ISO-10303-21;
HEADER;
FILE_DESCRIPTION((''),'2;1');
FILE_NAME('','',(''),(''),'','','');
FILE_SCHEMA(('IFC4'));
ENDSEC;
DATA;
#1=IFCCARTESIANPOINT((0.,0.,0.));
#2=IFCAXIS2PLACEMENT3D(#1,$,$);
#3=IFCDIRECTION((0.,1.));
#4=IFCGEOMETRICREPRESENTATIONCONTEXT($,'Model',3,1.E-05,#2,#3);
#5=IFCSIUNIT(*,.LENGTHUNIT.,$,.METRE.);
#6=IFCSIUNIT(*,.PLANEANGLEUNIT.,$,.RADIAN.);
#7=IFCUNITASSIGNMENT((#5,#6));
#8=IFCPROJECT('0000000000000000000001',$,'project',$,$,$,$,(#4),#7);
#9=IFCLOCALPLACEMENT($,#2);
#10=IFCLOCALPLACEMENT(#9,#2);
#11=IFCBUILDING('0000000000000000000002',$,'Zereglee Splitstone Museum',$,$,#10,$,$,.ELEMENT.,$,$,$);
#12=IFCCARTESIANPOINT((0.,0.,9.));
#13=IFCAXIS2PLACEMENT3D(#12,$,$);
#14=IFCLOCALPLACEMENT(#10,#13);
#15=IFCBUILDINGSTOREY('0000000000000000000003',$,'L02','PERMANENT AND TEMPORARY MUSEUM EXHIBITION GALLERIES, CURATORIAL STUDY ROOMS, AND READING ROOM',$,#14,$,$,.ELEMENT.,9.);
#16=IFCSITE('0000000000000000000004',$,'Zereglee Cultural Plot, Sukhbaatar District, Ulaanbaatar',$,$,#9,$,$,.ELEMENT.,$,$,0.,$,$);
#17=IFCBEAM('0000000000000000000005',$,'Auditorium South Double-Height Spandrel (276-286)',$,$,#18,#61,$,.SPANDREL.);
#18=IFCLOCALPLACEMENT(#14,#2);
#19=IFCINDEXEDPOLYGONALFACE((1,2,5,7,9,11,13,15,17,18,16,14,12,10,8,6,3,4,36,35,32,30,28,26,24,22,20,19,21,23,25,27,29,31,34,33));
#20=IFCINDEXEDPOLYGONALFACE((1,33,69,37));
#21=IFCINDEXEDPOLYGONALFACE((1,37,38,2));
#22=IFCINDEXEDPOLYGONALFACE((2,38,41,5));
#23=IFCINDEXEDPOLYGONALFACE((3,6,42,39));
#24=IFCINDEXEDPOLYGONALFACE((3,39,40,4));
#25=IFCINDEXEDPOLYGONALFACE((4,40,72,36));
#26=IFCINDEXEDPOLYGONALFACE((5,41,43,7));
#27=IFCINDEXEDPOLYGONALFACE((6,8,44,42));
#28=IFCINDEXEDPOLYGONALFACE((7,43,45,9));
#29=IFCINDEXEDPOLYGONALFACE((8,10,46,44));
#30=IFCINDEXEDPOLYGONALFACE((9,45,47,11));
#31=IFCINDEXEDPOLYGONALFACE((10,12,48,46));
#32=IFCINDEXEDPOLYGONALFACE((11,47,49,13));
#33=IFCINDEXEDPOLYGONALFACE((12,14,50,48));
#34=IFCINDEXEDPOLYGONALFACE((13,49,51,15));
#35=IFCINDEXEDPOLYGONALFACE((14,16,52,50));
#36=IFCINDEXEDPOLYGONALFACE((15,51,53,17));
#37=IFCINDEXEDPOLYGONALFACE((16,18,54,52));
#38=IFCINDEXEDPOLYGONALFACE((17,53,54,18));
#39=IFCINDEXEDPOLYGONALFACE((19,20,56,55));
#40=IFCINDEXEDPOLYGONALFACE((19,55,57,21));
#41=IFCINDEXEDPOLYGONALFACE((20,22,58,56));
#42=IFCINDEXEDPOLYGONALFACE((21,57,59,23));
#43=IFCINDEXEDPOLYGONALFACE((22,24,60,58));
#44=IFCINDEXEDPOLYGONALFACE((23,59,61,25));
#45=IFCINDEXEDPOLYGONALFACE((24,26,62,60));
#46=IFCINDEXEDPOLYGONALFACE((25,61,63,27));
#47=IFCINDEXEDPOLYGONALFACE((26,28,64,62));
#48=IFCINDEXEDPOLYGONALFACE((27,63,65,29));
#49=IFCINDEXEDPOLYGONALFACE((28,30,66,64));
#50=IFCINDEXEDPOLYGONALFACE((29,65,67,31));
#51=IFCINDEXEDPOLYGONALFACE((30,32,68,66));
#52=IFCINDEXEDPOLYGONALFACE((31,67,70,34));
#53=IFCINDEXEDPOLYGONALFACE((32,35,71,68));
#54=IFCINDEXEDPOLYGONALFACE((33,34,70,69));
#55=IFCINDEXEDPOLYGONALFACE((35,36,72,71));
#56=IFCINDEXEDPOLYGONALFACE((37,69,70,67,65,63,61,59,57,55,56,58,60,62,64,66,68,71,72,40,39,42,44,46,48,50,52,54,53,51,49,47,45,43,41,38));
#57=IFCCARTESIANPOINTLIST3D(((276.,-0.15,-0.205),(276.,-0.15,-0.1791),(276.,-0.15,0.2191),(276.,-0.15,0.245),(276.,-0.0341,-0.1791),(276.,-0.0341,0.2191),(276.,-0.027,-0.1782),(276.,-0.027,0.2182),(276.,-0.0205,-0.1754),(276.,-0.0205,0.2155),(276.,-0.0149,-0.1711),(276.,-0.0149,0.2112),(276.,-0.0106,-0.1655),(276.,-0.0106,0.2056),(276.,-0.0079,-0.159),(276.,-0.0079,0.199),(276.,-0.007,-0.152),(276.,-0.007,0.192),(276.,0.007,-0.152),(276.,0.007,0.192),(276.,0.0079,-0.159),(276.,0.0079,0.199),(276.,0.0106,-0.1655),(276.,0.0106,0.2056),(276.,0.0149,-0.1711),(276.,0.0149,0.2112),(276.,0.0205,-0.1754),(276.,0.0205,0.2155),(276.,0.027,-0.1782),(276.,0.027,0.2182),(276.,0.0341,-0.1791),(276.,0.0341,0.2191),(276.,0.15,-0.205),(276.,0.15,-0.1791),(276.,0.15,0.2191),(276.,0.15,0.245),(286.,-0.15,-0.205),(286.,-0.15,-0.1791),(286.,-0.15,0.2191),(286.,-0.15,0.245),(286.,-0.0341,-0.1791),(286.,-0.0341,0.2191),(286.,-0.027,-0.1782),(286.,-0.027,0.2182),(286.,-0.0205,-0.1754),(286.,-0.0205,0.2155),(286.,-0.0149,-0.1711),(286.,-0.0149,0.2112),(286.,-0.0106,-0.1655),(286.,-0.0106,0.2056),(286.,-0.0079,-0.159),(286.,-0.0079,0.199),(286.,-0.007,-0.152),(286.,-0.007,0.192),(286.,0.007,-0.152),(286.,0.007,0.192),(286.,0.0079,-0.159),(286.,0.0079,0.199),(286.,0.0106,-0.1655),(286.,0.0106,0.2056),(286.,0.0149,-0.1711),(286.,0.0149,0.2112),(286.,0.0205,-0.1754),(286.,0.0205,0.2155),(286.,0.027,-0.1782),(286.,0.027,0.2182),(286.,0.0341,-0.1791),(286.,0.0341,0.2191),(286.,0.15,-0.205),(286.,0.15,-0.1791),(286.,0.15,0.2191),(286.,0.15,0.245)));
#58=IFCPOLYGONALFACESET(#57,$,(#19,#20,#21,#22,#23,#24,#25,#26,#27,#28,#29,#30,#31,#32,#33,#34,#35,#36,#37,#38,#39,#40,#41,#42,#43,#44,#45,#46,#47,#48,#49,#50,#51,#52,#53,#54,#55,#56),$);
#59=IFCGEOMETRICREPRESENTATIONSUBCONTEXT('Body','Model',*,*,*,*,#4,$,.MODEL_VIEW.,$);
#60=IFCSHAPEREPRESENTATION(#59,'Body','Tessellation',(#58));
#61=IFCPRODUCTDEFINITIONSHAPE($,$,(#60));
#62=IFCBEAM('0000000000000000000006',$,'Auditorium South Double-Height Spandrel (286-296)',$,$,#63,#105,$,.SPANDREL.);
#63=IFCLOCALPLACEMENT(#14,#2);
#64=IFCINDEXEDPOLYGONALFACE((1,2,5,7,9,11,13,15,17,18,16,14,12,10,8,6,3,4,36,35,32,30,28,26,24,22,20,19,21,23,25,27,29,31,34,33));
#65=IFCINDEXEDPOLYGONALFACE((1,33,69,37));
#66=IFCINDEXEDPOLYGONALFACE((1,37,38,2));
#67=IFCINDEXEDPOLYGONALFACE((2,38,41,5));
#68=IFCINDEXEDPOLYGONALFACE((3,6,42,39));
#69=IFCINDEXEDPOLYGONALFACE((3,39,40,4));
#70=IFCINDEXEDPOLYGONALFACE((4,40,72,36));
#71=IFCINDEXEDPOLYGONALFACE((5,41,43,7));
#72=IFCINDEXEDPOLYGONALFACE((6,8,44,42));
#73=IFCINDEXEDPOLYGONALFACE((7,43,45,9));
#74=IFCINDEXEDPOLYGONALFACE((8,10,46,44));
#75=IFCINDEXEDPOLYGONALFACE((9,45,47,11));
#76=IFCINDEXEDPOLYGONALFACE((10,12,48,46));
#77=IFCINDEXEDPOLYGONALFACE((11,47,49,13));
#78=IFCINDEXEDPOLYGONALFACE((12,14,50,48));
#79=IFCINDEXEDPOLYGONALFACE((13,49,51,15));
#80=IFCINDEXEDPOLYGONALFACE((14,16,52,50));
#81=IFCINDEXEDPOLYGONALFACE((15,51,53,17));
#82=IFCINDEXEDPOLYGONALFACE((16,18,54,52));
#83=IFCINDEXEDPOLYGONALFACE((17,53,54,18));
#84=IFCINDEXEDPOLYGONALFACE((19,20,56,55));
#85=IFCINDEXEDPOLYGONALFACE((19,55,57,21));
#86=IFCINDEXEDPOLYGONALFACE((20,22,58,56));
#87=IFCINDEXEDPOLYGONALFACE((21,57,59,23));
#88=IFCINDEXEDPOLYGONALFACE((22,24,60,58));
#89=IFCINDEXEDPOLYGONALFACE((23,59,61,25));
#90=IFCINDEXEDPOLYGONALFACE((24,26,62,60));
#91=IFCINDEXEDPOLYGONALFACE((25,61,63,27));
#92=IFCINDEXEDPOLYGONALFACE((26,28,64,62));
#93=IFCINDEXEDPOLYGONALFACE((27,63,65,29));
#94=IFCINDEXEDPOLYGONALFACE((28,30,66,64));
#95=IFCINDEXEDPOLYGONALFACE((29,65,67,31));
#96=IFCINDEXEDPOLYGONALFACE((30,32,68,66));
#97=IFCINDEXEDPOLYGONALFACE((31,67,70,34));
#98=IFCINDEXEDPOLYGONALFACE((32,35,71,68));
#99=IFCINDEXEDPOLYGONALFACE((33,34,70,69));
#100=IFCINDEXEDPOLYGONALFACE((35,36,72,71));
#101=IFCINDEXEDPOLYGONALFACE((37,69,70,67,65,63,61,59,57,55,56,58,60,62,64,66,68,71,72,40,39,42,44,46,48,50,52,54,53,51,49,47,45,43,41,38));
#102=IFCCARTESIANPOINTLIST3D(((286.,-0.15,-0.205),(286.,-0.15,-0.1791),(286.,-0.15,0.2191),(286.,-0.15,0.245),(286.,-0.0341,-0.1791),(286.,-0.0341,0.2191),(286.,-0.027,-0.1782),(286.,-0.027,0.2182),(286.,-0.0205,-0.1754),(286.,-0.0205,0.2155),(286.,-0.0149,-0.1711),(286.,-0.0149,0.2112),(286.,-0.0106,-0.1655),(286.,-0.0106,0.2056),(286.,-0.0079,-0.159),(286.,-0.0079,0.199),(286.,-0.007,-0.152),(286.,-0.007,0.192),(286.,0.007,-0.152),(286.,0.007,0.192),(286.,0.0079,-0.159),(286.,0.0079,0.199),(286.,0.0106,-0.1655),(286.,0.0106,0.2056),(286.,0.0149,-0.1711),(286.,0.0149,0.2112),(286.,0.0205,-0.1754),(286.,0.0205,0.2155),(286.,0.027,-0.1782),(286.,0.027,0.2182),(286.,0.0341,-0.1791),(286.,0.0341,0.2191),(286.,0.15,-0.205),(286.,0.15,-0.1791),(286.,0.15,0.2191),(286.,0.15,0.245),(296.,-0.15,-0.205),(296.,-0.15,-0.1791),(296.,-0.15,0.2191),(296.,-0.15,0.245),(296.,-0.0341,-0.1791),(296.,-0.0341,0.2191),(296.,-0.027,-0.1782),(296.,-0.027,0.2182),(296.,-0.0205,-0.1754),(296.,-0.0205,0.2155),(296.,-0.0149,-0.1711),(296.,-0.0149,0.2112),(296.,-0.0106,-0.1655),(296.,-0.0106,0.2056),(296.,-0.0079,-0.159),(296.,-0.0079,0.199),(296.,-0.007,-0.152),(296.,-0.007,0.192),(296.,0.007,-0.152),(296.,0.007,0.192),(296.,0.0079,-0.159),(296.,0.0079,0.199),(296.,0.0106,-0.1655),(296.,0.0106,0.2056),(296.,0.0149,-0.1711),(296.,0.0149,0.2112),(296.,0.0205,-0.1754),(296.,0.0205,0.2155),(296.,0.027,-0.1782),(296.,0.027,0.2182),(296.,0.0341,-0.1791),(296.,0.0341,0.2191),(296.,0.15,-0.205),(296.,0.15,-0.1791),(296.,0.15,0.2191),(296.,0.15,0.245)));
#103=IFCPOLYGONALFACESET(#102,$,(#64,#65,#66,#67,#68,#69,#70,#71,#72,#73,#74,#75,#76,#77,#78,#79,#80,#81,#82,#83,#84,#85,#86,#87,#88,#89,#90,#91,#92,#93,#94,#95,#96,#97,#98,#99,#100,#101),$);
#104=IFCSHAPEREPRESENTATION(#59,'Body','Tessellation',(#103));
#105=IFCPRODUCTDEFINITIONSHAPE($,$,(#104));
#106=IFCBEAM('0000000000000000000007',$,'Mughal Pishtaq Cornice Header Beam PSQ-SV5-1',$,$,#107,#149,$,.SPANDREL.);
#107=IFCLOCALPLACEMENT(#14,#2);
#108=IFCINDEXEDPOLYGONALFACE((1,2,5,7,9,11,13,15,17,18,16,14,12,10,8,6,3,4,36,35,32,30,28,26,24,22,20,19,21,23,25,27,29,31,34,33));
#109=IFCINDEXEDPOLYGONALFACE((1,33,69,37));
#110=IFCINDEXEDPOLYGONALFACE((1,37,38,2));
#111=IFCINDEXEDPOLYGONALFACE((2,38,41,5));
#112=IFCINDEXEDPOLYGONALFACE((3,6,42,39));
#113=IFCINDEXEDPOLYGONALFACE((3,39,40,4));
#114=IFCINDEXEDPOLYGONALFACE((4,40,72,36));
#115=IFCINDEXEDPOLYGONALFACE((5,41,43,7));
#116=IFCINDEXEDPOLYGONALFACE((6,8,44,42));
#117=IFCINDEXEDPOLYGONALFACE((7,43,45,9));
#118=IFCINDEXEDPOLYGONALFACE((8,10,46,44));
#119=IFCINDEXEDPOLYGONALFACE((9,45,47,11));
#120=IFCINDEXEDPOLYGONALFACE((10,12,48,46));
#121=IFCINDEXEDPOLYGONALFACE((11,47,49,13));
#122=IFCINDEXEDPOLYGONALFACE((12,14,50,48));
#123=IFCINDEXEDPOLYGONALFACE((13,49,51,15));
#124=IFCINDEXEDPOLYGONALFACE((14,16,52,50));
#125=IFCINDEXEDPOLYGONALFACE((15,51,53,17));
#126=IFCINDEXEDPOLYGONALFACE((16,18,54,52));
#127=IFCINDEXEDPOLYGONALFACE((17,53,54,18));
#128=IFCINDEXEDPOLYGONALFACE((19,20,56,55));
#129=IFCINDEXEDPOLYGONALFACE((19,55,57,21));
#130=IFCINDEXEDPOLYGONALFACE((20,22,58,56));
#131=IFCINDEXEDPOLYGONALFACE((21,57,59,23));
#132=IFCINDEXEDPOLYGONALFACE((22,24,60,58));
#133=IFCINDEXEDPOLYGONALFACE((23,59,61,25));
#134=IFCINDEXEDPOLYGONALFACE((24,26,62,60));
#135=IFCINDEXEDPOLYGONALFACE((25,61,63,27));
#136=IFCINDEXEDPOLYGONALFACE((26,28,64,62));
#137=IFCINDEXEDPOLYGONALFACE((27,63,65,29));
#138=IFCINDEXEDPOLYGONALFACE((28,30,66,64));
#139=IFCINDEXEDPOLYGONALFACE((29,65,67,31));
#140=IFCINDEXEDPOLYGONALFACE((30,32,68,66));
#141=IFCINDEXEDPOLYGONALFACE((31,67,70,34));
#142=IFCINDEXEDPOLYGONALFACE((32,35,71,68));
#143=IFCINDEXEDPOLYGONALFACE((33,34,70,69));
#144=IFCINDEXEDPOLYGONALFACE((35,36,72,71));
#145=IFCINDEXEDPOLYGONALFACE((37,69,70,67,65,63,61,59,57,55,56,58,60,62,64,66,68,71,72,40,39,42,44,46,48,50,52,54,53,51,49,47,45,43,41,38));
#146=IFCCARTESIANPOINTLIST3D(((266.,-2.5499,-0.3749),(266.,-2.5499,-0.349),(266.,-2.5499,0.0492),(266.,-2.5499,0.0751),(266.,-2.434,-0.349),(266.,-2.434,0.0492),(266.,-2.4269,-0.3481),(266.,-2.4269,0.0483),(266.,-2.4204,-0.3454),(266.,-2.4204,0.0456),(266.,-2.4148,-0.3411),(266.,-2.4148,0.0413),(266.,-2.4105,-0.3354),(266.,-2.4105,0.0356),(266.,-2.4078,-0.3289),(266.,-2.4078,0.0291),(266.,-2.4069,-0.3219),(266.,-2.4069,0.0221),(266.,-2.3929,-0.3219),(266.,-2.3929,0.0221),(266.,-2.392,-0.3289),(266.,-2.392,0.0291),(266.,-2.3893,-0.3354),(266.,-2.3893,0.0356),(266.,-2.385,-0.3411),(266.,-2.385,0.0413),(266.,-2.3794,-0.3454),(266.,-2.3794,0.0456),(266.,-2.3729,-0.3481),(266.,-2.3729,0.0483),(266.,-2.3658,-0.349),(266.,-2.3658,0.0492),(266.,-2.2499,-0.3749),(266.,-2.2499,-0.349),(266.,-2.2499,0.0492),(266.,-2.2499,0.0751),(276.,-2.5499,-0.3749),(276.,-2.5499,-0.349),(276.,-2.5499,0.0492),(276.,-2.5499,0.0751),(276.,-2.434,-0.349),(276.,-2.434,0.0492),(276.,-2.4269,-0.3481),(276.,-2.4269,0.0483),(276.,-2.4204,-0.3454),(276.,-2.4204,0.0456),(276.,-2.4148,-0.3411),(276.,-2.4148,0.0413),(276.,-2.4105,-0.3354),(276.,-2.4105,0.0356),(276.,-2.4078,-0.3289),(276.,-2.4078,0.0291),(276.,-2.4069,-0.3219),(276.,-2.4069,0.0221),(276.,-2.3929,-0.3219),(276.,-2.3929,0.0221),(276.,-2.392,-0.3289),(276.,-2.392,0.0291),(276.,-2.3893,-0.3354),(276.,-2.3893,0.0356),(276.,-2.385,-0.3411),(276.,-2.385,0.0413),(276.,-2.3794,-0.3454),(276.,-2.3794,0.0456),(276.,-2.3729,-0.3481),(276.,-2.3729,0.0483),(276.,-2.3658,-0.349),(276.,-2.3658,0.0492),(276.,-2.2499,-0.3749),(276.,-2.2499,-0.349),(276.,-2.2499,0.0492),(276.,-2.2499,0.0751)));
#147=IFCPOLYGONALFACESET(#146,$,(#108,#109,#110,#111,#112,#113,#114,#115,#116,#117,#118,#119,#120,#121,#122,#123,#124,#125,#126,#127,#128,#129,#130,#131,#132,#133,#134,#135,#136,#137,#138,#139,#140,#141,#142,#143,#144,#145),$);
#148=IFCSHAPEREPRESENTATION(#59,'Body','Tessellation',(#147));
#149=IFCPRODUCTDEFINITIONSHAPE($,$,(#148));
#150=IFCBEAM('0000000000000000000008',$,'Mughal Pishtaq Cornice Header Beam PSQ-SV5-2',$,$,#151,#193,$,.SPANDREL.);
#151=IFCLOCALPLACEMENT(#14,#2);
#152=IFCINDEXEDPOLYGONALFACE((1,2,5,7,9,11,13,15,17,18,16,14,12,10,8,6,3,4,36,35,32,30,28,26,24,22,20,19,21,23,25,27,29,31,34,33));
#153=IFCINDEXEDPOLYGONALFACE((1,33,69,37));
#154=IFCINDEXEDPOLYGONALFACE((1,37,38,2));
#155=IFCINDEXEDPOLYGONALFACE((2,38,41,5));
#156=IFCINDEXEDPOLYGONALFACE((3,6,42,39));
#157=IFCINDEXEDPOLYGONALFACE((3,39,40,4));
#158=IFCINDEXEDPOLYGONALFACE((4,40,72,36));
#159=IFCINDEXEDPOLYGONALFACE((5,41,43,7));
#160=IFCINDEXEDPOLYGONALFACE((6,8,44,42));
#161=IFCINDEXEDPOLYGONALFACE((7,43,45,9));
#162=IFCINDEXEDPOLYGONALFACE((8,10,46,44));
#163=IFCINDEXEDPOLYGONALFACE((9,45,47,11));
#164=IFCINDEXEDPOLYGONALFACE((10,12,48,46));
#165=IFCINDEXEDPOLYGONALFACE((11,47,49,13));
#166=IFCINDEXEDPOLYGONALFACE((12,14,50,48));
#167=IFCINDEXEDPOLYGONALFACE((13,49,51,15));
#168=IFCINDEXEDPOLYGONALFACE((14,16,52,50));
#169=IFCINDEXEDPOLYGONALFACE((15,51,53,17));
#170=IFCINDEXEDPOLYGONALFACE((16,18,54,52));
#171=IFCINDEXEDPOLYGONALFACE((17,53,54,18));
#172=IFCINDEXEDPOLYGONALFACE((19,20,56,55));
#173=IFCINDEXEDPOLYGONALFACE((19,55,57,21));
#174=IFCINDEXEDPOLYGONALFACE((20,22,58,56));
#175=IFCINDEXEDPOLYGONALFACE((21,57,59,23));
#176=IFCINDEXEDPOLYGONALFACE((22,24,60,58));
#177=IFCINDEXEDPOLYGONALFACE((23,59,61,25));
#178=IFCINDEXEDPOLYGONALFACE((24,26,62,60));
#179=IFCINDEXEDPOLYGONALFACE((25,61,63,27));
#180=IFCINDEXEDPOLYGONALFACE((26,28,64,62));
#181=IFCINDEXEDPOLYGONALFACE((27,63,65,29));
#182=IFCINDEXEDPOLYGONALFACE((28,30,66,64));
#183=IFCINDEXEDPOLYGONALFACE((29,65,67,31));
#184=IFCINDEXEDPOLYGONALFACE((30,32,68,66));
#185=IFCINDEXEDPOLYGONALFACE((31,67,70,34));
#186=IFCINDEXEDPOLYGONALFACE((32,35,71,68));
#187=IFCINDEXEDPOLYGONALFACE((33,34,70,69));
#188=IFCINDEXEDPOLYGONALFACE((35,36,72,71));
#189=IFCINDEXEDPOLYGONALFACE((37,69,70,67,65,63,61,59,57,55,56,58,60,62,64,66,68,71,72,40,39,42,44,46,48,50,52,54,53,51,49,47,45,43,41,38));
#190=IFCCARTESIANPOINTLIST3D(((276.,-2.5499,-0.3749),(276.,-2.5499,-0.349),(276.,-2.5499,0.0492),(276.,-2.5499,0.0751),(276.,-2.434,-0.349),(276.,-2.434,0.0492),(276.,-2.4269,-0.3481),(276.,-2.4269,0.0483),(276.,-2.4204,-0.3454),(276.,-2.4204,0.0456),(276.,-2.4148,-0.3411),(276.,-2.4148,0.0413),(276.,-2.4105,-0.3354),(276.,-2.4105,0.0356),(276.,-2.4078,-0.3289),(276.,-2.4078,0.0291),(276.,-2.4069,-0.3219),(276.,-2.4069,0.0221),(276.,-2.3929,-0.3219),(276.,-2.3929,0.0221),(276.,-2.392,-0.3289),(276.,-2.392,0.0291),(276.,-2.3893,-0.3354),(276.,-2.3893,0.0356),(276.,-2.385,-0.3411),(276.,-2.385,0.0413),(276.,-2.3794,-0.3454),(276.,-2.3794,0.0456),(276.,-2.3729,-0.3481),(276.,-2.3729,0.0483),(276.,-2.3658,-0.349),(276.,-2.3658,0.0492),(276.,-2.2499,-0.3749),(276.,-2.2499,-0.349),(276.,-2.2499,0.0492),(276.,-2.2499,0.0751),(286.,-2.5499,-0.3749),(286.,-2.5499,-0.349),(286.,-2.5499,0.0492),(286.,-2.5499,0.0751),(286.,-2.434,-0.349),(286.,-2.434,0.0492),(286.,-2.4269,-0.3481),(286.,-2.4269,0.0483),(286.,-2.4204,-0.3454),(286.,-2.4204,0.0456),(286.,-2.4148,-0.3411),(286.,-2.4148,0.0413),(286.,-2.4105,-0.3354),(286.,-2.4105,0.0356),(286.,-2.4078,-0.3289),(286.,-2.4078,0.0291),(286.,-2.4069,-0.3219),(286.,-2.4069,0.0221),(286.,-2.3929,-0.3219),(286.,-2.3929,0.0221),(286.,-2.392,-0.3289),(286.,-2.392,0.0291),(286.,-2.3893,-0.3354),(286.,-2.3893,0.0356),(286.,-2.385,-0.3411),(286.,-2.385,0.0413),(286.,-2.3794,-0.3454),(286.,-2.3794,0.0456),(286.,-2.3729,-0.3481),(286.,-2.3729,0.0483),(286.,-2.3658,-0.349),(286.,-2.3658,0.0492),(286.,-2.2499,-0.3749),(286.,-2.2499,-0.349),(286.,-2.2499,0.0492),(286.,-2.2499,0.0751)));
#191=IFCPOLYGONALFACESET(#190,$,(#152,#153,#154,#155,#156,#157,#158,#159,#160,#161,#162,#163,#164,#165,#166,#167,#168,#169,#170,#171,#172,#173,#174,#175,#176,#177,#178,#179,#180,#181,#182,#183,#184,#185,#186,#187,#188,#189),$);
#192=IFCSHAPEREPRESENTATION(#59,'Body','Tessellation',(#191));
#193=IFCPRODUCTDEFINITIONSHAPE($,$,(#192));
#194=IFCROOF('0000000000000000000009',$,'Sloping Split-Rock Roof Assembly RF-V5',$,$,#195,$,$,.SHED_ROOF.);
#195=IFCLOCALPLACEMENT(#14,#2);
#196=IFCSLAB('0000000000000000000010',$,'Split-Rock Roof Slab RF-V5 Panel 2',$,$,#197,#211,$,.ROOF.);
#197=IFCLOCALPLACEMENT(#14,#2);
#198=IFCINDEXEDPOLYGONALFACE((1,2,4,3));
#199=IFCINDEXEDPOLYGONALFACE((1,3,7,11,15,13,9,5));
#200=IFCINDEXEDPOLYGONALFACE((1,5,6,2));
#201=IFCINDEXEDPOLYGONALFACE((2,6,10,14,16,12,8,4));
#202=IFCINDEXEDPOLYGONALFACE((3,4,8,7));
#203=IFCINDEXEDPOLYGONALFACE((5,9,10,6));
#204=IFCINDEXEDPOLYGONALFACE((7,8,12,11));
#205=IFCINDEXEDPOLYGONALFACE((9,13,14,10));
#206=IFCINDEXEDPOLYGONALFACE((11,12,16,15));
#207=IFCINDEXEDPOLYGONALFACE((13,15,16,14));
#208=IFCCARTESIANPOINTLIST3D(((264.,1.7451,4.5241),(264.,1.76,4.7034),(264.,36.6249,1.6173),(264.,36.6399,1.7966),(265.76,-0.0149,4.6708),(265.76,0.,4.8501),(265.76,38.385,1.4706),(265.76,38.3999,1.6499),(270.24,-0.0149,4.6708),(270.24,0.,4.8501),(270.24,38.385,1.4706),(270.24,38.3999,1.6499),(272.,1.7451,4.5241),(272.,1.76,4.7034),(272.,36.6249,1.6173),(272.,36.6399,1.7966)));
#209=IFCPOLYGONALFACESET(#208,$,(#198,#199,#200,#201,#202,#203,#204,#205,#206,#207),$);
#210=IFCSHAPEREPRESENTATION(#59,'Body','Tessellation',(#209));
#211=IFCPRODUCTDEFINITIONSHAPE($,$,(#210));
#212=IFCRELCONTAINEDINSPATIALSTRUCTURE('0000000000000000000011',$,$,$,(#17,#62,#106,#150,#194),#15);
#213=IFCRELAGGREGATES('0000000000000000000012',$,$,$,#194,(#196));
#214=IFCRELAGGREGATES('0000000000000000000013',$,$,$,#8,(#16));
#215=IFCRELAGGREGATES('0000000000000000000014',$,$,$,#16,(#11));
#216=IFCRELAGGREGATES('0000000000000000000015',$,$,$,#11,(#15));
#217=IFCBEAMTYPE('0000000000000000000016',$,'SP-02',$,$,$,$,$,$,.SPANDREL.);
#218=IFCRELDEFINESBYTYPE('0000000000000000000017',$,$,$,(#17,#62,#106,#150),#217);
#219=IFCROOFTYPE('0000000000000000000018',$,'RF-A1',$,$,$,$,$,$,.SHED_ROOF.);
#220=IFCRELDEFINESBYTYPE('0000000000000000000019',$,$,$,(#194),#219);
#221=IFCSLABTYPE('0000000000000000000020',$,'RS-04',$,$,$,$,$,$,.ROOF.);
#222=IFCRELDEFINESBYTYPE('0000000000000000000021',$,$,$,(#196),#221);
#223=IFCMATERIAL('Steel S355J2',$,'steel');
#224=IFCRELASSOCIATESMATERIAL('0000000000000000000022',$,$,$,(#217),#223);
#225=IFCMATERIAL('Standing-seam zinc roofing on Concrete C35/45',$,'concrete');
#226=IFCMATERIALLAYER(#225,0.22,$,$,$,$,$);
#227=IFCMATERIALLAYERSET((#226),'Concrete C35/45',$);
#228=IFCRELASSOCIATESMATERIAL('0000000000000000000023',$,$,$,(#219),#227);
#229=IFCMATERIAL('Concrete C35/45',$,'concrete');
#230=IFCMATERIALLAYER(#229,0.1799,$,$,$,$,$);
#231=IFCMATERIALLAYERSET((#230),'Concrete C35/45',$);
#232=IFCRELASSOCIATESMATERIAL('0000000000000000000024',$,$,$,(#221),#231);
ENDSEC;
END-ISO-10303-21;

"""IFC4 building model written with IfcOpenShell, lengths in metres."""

from ifc_helpers import new_model, si_unit, direction, frame, origin, origin_2d, place, context, subcontext, project, spatial, polyline, i_section, outline, extrude, material, layer, layer_set, material_profile, profile_set, type_object, element, aggregate, save


model = new_model("IFC4")

# Units and contexts
model_context = context("Model", 3, precision=1e-05, world=origin(), true_north=direction((0.0, 1.0)))
body_context = subcontext(model_context, "Body", "Model", "MODEL_VIEW")
ifc_project = project(units=[si_unit("LENGTHUNIT", "METRE"), si_unit("PLANEANGLEUNIT", "RADIAN")], contexts=[model_context])

# Site, building, storey
site_placement = place(None, origin())
site = spatial("IfcSite", under=ifc_project, at=site_placement, Name="Zereglee Cultural Plot, Sukhbaatar District, Ulaanbaatar", CompositionType="ELEMENT", RefElevation=0.0)
building_placement = place(site_placement, origin())
building = spatial("IfcBuilding", under=site, at=building_placement, Name="Zereglee Splitstone Museum", CompositionType="ELEMENT")
storey_placement = place(building_placement, frame((0.0, 0.0, 9.0)))
storey = spatial("IfcBuildingStorey", under=building, at=storey_placement, Name="L02", Description="PERMANENT AND TEMPORARY MUSEUM EXHIBITION GALLERIES, CURATORIAL STUDY ROOMS, AND READING ROOM", CompositionType="ELEMENT", Elevation=9.0)

# Shared definitions
ifc_material_1 = material(Name="Steel S355J2", Category="steel")

# Beams
ifc_material_profile_1 = material_profile(ifc_material_1, i_section(OverallWidth=0.3, OverallDepth=0.45, WebThickness=0.0139, FlangeThickness=0.0259, FilletRadius=0.0271, at=origin_2d()), Name="HE 450 B")
ifc_profile_set_1 = profile_set([ifc_material_profile_1], Name="Steel S355J2")
beam_type_1 = type_object("IfcBeamType", Name="SP-02", PredefinedType="SPANDREL", material=ifc_profile_set_1)
for number, where, z_axis, x_axis, name in (
    (1, (276.0, 0.0, 0.02), (1.0, 0.0, 0.0), (0.0, 1.0, 0.0), "Auditorium South Double-Height Spandrel (276-286)"),
    (2, (286.0, 0.0, 0.02), (1.0, 0.0, 0.0), (0.0, 1.0, 0.0), "Auditorium South Double-Height Spandrel (286-296)"),
    (3, (266.0, -2.3999, -0.1499), (1.0, 0.0, 0.0), (0.0, 1.0, 0.0), "Mughal Pishtaq Cornice Header Beam PSQ-SV5-1"),
    (4, (276.0, -2.3999, -0.1499), (1.0, 0.0, 0.0), (0.0, 1.0, 0.0), "Mughal Pishtaq Cornice Header Beam PSQ-SV5-2"),
):
    element("IfcBeam", number, at=place(storey_placement, frame(where, z_axis=z_axis, x_axis=x_axis)), inside=storey, type_object=beam_type_1, Name=name, PredefinedType="SPANDREL", context=body_context, shape_type="SweptSolid", body=[
        extrude(i_section(OverallWidth=0.3, OverallDepth=0.45, WebThickness=0.0139, FlangeThickness=0.0259, FilletRadius=0.0271, at=origin_2d()), origin(), (0.0, 0.0, 1.0), 10.0),
    ])

# Roof, slab
ifc_material_2 = material(Name="Standing-seam zinc roofing on Concrete C35/45", Category="concrete")
ifc_layer_1 = layer(ifc_material_2, 0.22)
ifc_layer_set_1 = layer_set([ifc_layer_1], Name="Concrete C35/45")
roof_type = type_object("IfcRoofType", Name="RF-A1", PredefinedType="SHED_ROOF", material=ifc_layer_set_1)
roof_placement = place(storey_placement, origin())
roof = element("IfcRoof", 5, at=roof_placement, inside=storey, type_object=roof_type, Name="Sloping Split-Rock Roof Assembly RF-V5", PredefinedType="SHED_ROOF")
ifc_material_3 = material(Name="Concrete C35/45", Category="concrete")
ifc_layer_2 = layer(ifc_material_3, 0.1799)
ifc_layer_set_2 = layer_set([ifc_layer_2], Name="Concrete C35/45")
slab_type = type_object("IfcSlabType", Name="RS-04", PredefinedType="ROOF", material=ifc_layer_set_2)
slab_1_placement = place(storey_placement, frame((265.76, 0.0, 4.8501), z_axis=(0.0, 0.08305, 0.996545), x_axis=(1.0, 0.0, 0.0)))
slab_1 = element("IfcSlab", 6, at=slab_1_placement, type_object=slab_type, Name="Split-Rock Roof Slab RF-V5 Panel 2", PredefinedType="ROOF", context=body_context, shape_type="SweptSolid", body=[
    extrude(outline(polyline([(0.0, 0.0), (4.48, 0.0), (6.24, 1.7661), (6.24, 36.7669), (4.48, 38.533), (0.0, 38.533), (-1.76, 36.7669), (-1.76, 1.7661), (0.0, 0.0)])), origin(), (0.0, 0.0, -1.0), 0.1799),
])
aggregate(roof, [slab_1])

save(model, "model.ifc")
